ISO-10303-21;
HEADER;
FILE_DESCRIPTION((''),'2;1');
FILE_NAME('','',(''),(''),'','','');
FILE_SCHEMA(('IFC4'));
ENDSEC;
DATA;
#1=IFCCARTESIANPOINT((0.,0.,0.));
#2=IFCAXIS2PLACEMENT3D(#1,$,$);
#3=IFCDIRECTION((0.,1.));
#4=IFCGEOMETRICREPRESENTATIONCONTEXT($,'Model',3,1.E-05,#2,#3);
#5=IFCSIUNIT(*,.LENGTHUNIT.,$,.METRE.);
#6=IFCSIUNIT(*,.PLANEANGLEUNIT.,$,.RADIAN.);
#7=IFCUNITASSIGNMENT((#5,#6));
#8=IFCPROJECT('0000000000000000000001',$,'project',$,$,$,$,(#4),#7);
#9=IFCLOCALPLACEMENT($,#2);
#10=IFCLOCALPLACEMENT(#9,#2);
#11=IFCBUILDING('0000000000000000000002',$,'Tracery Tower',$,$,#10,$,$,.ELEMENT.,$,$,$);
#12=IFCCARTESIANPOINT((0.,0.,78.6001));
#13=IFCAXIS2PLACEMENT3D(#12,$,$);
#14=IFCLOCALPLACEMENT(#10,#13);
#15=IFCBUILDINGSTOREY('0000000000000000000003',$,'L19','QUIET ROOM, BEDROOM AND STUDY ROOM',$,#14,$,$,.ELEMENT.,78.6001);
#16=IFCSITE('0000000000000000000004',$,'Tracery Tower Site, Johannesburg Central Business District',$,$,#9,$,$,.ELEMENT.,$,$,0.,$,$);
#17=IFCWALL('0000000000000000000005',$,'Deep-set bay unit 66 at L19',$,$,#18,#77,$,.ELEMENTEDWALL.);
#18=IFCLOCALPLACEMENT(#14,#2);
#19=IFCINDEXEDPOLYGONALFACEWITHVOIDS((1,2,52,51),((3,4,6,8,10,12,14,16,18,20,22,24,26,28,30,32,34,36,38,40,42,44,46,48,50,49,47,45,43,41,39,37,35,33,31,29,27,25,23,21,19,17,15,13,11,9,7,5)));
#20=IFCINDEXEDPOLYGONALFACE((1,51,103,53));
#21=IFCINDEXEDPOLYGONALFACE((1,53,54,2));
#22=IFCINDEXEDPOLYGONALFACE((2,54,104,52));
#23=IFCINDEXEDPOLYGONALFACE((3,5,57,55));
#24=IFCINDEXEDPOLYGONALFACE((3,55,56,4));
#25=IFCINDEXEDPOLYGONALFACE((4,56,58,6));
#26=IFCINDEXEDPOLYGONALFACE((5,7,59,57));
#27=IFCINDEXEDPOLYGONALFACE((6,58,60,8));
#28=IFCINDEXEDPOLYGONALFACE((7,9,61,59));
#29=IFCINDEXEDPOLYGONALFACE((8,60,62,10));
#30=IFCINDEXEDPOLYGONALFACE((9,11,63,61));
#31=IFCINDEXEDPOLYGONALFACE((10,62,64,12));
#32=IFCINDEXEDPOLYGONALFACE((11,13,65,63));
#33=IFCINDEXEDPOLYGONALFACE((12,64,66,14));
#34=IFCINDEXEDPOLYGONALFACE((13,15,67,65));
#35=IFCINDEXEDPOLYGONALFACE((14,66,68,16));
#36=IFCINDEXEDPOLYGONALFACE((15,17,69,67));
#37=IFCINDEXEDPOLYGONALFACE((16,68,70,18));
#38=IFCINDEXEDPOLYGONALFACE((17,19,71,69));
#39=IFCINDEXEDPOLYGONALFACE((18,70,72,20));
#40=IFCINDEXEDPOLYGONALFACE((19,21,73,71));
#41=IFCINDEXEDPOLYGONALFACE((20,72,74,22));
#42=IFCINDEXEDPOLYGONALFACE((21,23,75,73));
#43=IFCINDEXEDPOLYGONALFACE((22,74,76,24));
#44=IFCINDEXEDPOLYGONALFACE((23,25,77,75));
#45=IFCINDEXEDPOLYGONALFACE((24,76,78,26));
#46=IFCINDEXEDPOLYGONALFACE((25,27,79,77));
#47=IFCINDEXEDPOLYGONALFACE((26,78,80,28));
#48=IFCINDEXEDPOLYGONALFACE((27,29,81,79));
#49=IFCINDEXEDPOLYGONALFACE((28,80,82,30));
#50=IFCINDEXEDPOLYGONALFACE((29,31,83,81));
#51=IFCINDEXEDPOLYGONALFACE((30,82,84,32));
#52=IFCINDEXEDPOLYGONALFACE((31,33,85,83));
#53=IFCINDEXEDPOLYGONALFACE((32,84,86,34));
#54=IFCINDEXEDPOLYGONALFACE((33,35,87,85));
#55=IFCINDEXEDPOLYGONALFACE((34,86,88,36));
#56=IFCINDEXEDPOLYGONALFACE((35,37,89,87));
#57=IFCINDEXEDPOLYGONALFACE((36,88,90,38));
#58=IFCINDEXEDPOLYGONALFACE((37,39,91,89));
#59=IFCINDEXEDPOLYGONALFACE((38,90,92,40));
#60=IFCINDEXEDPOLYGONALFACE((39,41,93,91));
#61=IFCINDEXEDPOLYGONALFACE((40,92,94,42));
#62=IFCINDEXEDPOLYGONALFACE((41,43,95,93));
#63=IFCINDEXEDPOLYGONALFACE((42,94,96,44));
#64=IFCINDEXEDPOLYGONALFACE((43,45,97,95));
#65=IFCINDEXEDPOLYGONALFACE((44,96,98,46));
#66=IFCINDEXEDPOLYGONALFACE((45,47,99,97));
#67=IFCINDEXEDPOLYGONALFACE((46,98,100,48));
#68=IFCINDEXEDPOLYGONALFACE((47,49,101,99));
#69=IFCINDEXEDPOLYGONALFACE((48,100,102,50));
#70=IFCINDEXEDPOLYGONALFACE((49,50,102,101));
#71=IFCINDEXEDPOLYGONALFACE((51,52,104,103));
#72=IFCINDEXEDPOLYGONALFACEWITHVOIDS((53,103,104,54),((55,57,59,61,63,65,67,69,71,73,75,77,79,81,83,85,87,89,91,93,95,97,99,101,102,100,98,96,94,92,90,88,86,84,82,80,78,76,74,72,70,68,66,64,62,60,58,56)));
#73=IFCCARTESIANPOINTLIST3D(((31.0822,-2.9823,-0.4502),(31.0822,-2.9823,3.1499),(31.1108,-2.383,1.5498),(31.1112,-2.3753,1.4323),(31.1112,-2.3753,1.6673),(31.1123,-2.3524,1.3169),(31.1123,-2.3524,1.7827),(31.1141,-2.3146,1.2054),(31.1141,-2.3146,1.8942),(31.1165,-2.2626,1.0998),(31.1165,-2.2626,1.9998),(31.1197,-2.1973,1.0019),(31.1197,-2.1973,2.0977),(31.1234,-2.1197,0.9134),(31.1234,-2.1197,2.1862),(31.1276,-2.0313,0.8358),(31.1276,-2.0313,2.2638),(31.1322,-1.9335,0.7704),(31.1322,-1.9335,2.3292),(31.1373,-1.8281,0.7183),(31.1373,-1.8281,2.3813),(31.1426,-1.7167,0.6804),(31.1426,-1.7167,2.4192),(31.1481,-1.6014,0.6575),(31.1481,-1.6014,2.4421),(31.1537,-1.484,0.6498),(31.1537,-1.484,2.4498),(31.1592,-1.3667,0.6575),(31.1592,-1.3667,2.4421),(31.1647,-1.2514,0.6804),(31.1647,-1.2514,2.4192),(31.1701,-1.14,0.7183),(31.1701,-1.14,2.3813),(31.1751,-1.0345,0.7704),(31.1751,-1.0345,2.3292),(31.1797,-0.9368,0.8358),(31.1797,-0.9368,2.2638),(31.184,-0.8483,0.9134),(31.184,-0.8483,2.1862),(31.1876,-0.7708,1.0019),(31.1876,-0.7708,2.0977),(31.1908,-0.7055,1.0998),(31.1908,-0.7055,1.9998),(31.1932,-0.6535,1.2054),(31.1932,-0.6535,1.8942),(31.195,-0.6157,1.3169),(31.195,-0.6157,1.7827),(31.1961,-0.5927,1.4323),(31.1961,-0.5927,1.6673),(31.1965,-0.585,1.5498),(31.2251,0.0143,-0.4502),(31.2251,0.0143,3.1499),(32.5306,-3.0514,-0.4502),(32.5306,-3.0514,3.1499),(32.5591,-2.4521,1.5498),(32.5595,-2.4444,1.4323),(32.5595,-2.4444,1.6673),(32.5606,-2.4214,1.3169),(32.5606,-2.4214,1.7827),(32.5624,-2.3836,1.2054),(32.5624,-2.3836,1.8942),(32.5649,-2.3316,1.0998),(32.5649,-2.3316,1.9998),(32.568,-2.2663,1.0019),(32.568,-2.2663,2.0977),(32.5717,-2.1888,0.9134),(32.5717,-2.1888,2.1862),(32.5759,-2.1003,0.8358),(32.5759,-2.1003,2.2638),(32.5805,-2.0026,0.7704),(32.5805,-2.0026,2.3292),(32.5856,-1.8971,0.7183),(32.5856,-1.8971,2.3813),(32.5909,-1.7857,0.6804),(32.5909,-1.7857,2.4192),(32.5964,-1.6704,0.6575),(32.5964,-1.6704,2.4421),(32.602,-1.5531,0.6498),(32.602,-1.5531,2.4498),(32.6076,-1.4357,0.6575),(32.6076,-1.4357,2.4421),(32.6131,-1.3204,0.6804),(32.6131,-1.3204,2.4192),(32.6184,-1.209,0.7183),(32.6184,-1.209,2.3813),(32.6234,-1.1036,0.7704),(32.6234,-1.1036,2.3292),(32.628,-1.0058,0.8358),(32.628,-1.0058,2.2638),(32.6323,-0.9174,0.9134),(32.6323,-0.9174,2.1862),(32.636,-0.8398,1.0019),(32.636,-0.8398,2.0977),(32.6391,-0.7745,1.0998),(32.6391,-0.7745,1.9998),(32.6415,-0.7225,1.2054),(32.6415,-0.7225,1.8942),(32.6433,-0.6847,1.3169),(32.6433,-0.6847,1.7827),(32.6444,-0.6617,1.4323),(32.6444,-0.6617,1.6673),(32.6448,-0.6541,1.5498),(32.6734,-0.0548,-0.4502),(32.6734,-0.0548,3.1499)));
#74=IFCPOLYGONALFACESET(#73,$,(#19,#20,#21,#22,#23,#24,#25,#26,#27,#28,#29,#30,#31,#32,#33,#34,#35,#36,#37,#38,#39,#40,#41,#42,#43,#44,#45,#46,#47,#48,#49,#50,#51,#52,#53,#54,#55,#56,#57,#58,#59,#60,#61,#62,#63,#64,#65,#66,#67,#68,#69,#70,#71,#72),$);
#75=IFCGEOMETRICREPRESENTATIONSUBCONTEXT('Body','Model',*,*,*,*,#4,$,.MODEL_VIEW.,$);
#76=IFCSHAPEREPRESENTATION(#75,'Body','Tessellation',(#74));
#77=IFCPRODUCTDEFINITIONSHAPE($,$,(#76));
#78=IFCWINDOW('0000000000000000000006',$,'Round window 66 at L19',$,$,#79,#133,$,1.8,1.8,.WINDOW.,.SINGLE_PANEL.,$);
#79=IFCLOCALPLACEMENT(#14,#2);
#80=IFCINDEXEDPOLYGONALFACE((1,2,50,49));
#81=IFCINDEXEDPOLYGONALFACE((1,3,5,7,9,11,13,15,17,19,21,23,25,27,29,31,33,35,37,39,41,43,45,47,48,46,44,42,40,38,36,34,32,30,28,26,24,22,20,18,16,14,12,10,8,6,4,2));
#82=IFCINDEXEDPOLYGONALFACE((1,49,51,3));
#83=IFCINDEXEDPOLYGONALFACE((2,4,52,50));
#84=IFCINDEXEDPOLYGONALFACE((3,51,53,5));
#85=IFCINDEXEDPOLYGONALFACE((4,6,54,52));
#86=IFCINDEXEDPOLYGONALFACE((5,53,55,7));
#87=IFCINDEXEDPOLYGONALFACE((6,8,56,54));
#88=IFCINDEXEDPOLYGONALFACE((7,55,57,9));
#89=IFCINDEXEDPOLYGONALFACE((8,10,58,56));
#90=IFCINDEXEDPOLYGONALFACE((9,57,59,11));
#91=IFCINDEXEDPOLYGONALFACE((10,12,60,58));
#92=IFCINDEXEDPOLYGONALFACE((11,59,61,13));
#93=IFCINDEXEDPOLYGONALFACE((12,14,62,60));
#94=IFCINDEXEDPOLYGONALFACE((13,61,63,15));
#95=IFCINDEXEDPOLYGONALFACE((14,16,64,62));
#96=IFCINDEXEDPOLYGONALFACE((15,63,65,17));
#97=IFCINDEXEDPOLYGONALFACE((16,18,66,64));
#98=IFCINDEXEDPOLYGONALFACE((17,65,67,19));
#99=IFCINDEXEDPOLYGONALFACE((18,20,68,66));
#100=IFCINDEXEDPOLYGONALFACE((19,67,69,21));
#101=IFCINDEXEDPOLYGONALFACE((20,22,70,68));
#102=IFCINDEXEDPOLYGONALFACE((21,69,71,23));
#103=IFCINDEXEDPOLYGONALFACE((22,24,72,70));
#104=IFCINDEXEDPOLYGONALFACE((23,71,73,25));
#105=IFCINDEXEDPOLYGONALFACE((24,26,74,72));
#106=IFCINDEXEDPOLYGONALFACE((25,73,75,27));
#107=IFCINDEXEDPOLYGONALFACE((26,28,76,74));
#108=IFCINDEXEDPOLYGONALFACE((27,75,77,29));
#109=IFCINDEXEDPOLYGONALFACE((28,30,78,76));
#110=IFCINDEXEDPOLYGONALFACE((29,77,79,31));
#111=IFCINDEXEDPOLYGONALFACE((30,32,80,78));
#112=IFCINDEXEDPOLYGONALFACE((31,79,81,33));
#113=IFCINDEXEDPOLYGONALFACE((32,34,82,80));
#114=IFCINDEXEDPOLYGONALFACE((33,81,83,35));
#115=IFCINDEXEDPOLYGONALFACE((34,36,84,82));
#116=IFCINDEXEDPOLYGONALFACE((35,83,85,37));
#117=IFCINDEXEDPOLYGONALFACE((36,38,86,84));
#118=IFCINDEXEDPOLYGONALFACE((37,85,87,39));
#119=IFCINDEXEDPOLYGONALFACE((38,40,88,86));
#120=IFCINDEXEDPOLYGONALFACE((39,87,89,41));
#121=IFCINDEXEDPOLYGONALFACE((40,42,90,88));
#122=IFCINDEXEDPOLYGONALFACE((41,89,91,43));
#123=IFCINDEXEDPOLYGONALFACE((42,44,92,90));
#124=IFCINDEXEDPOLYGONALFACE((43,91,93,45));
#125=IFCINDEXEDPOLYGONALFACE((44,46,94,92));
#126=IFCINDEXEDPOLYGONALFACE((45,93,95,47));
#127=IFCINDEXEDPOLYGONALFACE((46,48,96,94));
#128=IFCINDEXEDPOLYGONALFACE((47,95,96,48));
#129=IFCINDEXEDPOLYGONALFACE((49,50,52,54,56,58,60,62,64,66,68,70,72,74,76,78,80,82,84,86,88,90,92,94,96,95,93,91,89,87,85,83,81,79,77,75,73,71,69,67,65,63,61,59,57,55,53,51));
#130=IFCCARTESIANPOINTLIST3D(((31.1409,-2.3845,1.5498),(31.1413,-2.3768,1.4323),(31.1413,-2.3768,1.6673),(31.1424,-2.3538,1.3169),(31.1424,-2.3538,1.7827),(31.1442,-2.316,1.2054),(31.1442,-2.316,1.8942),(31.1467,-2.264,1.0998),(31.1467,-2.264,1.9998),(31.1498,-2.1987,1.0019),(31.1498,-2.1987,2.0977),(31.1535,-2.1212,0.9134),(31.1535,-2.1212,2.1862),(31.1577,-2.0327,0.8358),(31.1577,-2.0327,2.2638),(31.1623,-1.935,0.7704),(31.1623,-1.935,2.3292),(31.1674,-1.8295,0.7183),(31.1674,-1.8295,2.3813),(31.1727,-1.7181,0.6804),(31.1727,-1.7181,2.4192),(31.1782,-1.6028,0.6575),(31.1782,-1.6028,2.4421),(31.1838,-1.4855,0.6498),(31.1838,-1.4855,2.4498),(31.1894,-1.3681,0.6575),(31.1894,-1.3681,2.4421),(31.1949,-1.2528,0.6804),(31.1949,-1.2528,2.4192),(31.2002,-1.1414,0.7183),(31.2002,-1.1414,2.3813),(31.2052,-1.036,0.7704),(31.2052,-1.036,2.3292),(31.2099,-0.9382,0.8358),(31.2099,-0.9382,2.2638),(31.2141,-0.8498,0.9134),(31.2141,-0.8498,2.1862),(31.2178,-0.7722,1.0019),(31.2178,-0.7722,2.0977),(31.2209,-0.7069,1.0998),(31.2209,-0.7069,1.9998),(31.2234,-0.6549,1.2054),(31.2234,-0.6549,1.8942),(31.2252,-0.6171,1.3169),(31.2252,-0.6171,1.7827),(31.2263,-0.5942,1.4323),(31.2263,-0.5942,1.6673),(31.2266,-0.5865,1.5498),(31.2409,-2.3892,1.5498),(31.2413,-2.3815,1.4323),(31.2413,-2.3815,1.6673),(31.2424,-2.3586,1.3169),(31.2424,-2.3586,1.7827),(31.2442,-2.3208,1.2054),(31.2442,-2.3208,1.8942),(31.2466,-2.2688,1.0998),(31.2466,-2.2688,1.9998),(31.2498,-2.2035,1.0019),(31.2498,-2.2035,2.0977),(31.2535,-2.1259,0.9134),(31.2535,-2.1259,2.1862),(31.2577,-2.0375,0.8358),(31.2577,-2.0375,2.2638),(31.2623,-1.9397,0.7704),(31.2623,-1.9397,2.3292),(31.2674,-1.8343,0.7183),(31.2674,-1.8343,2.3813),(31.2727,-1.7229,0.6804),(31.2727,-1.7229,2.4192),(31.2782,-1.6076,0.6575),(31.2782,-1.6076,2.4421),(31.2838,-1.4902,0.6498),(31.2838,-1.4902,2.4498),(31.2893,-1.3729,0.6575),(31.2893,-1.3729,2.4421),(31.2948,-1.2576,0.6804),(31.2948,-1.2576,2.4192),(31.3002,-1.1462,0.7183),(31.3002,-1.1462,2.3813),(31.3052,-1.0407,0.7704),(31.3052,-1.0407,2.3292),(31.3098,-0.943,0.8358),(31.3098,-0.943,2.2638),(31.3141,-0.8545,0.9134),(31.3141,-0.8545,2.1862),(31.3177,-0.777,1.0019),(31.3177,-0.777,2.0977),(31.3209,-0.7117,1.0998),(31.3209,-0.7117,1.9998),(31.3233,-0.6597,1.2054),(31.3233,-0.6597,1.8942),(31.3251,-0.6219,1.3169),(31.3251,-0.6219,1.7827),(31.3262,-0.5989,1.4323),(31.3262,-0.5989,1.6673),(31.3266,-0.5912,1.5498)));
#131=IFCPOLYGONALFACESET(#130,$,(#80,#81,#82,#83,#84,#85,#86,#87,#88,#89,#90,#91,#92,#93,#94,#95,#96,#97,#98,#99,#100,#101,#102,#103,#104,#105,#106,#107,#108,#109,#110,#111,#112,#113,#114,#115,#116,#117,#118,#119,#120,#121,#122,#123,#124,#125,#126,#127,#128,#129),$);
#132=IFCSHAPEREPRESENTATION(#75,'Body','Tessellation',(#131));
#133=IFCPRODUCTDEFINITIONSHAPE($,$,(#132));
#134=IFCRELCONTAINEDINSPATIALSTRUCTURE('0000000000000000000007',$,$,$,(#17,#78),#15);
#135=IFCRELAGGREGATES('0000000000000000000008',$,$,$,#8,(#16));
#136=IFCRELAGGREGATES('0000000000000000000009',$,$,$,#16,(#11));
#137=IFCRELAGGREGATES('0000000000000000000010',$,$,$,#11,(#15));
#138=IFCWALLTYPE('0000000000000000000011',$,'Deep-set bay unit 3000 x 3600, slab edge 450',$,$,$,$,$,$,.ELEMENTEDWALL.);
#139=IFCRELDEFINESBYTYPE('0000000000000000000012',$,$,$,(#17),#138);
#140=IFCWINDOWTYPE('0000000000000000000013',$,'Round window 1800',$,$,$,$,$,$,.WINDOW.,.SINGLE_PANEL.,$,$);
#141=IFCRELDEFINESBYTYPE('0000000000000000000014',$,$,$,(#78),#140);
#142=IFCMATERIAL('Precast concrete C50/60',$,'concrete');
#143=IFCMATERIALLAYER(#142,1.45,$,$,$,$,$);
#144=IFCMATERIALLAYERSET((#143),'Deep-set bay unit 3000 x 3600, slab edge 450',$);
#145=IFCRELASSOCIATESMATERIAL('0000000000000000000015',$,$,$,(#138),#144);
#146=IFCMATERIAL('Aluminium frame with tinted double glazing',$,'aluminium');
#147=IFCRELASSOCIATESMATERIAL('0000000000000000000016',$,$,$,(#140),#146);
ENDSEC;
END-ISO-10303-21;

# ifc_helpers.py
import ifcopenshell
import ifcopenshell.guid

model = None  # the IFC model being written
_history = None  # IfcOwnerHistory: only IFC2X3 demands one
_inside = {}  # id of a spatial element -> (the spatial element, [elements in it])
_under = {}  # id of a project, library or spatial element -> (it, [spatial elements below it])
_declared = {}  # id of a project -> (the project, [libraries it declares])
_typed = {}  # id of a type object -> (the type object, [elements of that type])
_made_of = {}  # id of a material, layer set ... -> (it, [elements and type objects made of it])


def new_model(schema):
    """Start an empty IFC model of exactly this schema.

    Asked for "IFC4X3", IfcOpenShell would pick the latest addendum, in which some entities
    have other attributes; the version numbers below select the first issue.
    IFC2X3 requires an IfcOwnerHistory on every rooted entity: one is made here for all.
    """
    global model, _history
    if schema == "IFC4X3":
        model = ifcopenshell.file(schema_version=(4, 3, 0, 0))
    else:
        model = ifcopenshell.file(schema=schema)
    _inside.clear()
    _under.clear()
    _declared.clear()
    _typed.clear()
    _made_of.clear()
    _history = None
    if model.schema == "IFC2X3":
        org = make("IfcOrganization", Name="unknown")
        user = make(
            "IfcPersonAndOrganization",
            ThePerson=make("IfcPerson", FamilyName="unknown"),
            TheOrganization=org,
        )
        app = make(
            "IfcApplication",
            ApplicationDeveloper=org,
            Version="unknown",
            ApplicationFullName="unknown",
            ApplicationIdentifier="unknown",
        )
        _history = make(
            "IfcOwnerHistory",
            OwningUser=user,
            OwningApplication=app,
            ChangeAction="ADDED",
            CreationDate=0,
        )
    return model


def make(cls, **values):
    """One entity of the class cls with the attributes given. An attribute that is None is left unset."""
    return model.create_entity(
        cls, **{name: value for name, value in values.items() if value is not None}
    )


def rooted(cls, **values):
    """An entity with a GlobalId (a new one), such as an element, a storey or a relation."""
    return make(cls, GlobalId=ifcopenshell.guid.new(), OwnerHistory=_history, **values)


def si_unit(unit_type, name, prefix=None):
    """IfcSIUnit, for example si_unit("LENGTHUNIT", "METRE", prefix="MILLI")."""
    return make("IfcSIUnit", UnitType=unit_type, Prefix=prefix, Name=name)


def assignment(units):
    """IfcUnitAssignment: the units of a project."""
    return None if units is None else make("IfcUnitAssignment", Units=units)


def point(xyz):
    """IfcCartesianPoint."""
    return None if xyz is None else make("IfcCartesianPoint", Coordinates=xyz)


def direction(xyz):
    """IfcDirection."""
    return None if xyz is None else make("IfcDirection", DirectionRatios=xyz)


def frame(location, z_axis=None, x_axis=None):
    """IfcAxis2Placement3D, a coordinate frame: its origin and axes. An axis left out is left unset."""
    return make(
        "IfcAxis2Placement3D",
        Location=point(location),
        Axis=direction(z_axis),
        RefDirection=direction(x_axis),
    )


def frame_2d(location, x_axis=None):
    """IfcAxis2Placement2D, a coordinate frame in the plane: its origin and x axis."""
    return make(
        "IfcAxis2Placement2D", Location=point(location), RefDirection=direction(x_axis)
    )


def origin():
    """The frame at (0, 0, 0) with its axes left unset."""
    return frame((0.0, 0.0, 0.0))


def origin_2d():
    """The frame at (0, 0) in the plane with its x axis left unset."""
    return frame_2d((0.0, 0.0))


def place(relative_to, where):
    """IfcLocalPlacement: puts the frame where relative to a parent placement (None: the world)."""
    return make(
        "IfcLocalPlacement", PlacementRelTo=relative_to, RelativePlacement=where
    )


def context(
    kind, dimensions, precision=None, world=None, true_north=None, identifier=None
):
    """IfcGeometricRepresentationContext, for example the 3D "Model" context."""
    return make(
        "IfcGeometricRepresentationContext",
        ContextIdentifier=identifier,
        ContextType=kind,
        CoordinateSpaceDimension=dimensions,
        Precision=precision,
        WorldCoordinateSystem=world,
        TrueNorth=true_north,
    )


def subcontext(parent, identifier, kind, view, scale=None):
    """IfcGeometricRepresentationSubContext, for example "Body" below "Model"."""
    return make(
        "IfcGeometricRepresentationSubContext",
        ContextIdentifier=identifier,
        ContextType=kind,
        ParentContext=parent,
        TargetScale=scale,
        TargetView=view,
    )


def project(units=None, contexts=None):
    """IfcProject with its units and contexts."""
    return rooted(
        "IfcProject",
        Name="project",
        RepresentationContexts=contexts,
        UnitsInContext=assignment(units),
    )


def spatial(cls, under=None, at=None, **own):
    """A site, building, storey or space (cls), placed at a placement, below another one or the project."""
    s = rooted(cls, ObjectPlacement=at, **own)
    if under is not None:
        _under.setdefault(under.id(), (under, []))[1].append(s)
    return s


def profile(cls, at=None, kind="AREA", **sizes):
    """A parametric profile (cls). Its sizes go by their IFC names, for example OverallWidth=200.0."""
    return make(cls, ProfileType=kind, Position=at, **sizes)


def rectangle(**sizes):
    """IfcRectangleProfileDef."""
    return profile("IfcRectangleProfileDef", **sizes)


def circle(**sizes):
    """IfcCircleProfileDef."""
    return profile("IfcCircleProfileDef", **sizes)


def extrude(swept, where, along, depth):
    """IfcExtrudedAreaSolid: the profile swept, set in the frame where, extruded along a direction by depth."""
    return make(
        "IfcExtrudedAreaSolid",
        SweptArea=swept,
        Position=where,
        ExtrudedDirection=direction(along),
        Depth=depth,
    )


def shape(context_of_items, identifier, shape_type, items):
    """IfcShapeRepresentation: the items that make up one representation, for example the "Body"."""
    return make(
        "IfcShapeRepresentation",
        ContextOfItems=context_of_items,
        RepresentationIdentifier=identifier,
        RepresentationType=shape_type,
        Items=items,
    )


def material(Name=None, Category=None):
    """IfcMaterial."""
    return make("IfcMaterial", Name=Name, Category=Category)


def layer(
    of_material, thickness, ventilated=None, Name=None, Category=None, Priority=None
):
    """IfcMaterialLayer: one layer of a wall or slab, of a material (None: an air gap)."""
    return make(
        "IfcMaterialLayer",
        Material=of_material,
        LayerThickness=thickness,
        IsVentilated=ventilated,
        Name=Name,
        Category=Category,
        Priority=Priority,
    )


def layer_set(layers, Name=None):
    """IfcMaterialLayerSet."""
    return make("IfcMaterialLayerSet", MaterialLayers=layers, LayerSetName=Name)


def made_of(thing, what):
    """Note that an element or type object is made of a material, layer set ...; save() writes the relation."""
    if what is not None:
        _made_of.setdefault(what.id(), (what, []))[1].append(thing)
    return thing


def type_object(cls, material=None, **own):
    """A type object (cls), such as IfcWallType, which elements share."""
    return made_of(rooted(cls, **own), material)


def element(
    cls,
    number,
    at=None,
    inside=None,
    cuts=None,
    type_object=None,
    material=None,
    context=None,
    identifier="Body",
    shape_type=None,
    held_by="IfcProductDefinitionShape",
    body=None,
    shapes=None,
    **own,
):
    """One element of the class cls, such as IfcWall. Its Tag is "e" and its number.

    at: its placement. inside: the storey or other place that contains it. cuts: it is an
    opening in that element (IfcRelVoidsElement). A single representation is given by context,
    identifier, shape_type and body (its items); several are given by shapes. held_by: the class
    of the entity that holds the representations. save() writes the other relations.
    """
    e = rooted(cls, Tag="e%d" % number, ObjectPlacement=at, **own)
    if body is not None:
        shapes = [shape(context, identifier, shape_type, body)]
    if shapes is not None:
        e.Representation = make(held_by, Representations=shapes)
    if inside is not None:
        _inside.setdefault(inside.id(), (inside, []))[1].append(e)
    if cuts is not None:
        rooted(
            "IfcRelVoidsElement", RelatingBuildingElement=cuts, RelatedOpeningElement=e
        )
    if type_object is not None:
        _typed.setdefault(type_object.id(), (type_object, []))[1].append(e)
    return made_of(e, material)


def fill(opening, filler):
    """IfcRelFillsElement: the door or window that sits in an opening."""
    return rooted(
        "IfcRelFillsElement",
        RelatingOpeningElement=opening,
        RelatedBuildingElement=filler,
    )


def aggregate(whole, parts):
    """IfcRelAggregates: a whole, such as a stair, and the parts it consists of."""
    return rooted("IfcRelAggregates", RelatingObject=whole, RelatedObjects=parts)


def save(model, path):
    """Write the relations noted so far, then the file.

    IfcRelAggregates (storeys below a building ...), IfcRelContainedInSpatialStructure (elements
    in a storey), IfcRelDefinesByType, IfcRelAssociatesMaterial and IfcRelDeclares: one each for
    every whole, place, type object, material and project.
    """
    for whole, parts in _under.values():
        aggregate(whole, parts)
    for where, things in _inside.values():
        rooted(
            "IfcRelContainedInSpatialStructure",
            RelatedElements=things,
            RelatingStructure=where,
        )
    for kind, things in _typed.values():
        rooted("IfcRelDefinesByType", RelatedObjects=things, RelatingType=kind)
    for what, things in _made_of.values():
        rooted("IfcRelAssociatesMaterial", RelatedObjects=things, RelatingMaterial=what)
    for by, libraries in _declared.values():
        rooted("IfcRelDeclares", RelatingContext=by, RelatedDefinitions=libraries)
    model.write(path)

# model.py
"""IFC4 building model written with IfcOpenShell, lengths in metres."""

from ifc_helpers import new_model, si_unit, direction, frame, frame_2d, origin, origin_2d, place, context, subcontext, project, spatial, rectangle, circle, extrude, material, layer, layer_set, type_object, element, fill, save


model = new_model("IFC4")

# Units and contexts
model_context = context("Model", 3, precision=1e-05, world=origin(), true_north=direction((0.0, 1.0)))
body_context = subcontext(model_context, "Body", "Model", "MODEL_VIEW")
ifc_project = project(units=[si_unit("LENGTHUNIT", "METRE"), si_unit("PLANEANGLEUNIT", "RADIAN")], contexts=[model_context])

# Site, building, storey
site_placement = place(None, origin())
site = spatial("IfcSite", under=ifc_project, at=site_placement, Name="Tracery Tower Site, Johannesburg Central Business District", CompositionType="ELEMENT", RefElevation=0.0)
building_placement = place(site_placement, origin())
building = spatial("IfcBuilding", under=site, at=building_placement, Name="Tracery Tower", CompositionType="ELEMENT")
storey_placement = place(building_placement, frame((0.0, 0.0, 78.6001)))
storey = spatial("IfcBuildingStorey", under=building, at=storey_placement, Name="L19", Description="QUIET ROOM, BEDROOM AND STUDY ROOM", CompositionType="ELEMENT", Elevation=78.6001)

# Wall, opening, window
ifc_material_1 = material(Name="Precast concrete C50/60", Category="concrete")
ifc_layer_1 = layer(ifc_material_1, 1.45)
ifc_layer_set_1 = layer_set([ifc_layer_1], Name="Deep-set bay unit 3000 x 3600, slab edge 450")
wall_type_1 = type_object("IfcWallType", Name="Deep-set bay unit 3000 x 3600, slab edge 450", PredefinedType="ELEMENTEDWALL", material=ifc_layer_set_1)
ifc_material_2 = material(Name="Aluminium frame with tinted double glazing", Category="aluminium")
window_type = type_object("IfcWindowType", Name="Round window 1800", PartitioningType="SINGLE_PANEL", PredefinedType="WINDOW", material=ifc_material_2)
wall_1_placement = place(storey_placement, frame((31.8064, -3.0168, -0.4502), z_axis=(0.0, 0.0, 1.0), x_axis=(0.047608, 0.998866, 0.0)))
wall_1 = element("IfcWall", 1, at=wall_1_placement, inside=storey, type_object=wall_type_1, Name="Deep-set bay unit 66 at L19", PredefinedType="ELEMENTEDWALL", context=body_context, shape_type="SweptSolid", body=[
    extrude(rectangle(XDim=3.0, YDim=1.45, at=frame_2d((1.5, 0.0))), origin(), (0.0, 0.0, 1.0), 3.6001),
])
opening_1_placement = place(wall_1_placement, frame((1.5, 0.0, 2.0)))
opening_1 = element("IfcOpeningElement", 2, at=opening_1_placement, cuts=wall_1, PredefinedType="OPENING", context=body_context, shape_type="SweptSolid", body=[
    extrude(circle(Radius=0.9, at=origin_2d()), frame((0.0, 0.7349, 0.0), z_axis=(0.0, -1.0, 0.0), x_axis=(1.0, 0.0, 0.0)), (0.0, 0.0, 1.0), 1.47),
])
window_1_placement = place(opening_1_placement, origin())
window_1 = element("IfcWindow", 3, at=window_1_placement, inside=storey, type_object=window_type, Name="Round window 66 at L19", OverallHeight=1.8, OverallWidth=1.8, PartitioningType="SINGLE_PANEL", PredefinedType="WINDOW", context=body_context, shape_type="SweptSolid", body=[
    extrude(circle(Radius=0.9, at=origin_2d()), frame((0.0, 0.6948, 0.0), z_axis=(0.0, -1.0, 0.0), x_axis=(1.0, 0.0, 0.0)), (0.0, 0.0, 1.0), 0.1001),
])
fill(opening_1, window_1)

save(model, "model.ifc")
